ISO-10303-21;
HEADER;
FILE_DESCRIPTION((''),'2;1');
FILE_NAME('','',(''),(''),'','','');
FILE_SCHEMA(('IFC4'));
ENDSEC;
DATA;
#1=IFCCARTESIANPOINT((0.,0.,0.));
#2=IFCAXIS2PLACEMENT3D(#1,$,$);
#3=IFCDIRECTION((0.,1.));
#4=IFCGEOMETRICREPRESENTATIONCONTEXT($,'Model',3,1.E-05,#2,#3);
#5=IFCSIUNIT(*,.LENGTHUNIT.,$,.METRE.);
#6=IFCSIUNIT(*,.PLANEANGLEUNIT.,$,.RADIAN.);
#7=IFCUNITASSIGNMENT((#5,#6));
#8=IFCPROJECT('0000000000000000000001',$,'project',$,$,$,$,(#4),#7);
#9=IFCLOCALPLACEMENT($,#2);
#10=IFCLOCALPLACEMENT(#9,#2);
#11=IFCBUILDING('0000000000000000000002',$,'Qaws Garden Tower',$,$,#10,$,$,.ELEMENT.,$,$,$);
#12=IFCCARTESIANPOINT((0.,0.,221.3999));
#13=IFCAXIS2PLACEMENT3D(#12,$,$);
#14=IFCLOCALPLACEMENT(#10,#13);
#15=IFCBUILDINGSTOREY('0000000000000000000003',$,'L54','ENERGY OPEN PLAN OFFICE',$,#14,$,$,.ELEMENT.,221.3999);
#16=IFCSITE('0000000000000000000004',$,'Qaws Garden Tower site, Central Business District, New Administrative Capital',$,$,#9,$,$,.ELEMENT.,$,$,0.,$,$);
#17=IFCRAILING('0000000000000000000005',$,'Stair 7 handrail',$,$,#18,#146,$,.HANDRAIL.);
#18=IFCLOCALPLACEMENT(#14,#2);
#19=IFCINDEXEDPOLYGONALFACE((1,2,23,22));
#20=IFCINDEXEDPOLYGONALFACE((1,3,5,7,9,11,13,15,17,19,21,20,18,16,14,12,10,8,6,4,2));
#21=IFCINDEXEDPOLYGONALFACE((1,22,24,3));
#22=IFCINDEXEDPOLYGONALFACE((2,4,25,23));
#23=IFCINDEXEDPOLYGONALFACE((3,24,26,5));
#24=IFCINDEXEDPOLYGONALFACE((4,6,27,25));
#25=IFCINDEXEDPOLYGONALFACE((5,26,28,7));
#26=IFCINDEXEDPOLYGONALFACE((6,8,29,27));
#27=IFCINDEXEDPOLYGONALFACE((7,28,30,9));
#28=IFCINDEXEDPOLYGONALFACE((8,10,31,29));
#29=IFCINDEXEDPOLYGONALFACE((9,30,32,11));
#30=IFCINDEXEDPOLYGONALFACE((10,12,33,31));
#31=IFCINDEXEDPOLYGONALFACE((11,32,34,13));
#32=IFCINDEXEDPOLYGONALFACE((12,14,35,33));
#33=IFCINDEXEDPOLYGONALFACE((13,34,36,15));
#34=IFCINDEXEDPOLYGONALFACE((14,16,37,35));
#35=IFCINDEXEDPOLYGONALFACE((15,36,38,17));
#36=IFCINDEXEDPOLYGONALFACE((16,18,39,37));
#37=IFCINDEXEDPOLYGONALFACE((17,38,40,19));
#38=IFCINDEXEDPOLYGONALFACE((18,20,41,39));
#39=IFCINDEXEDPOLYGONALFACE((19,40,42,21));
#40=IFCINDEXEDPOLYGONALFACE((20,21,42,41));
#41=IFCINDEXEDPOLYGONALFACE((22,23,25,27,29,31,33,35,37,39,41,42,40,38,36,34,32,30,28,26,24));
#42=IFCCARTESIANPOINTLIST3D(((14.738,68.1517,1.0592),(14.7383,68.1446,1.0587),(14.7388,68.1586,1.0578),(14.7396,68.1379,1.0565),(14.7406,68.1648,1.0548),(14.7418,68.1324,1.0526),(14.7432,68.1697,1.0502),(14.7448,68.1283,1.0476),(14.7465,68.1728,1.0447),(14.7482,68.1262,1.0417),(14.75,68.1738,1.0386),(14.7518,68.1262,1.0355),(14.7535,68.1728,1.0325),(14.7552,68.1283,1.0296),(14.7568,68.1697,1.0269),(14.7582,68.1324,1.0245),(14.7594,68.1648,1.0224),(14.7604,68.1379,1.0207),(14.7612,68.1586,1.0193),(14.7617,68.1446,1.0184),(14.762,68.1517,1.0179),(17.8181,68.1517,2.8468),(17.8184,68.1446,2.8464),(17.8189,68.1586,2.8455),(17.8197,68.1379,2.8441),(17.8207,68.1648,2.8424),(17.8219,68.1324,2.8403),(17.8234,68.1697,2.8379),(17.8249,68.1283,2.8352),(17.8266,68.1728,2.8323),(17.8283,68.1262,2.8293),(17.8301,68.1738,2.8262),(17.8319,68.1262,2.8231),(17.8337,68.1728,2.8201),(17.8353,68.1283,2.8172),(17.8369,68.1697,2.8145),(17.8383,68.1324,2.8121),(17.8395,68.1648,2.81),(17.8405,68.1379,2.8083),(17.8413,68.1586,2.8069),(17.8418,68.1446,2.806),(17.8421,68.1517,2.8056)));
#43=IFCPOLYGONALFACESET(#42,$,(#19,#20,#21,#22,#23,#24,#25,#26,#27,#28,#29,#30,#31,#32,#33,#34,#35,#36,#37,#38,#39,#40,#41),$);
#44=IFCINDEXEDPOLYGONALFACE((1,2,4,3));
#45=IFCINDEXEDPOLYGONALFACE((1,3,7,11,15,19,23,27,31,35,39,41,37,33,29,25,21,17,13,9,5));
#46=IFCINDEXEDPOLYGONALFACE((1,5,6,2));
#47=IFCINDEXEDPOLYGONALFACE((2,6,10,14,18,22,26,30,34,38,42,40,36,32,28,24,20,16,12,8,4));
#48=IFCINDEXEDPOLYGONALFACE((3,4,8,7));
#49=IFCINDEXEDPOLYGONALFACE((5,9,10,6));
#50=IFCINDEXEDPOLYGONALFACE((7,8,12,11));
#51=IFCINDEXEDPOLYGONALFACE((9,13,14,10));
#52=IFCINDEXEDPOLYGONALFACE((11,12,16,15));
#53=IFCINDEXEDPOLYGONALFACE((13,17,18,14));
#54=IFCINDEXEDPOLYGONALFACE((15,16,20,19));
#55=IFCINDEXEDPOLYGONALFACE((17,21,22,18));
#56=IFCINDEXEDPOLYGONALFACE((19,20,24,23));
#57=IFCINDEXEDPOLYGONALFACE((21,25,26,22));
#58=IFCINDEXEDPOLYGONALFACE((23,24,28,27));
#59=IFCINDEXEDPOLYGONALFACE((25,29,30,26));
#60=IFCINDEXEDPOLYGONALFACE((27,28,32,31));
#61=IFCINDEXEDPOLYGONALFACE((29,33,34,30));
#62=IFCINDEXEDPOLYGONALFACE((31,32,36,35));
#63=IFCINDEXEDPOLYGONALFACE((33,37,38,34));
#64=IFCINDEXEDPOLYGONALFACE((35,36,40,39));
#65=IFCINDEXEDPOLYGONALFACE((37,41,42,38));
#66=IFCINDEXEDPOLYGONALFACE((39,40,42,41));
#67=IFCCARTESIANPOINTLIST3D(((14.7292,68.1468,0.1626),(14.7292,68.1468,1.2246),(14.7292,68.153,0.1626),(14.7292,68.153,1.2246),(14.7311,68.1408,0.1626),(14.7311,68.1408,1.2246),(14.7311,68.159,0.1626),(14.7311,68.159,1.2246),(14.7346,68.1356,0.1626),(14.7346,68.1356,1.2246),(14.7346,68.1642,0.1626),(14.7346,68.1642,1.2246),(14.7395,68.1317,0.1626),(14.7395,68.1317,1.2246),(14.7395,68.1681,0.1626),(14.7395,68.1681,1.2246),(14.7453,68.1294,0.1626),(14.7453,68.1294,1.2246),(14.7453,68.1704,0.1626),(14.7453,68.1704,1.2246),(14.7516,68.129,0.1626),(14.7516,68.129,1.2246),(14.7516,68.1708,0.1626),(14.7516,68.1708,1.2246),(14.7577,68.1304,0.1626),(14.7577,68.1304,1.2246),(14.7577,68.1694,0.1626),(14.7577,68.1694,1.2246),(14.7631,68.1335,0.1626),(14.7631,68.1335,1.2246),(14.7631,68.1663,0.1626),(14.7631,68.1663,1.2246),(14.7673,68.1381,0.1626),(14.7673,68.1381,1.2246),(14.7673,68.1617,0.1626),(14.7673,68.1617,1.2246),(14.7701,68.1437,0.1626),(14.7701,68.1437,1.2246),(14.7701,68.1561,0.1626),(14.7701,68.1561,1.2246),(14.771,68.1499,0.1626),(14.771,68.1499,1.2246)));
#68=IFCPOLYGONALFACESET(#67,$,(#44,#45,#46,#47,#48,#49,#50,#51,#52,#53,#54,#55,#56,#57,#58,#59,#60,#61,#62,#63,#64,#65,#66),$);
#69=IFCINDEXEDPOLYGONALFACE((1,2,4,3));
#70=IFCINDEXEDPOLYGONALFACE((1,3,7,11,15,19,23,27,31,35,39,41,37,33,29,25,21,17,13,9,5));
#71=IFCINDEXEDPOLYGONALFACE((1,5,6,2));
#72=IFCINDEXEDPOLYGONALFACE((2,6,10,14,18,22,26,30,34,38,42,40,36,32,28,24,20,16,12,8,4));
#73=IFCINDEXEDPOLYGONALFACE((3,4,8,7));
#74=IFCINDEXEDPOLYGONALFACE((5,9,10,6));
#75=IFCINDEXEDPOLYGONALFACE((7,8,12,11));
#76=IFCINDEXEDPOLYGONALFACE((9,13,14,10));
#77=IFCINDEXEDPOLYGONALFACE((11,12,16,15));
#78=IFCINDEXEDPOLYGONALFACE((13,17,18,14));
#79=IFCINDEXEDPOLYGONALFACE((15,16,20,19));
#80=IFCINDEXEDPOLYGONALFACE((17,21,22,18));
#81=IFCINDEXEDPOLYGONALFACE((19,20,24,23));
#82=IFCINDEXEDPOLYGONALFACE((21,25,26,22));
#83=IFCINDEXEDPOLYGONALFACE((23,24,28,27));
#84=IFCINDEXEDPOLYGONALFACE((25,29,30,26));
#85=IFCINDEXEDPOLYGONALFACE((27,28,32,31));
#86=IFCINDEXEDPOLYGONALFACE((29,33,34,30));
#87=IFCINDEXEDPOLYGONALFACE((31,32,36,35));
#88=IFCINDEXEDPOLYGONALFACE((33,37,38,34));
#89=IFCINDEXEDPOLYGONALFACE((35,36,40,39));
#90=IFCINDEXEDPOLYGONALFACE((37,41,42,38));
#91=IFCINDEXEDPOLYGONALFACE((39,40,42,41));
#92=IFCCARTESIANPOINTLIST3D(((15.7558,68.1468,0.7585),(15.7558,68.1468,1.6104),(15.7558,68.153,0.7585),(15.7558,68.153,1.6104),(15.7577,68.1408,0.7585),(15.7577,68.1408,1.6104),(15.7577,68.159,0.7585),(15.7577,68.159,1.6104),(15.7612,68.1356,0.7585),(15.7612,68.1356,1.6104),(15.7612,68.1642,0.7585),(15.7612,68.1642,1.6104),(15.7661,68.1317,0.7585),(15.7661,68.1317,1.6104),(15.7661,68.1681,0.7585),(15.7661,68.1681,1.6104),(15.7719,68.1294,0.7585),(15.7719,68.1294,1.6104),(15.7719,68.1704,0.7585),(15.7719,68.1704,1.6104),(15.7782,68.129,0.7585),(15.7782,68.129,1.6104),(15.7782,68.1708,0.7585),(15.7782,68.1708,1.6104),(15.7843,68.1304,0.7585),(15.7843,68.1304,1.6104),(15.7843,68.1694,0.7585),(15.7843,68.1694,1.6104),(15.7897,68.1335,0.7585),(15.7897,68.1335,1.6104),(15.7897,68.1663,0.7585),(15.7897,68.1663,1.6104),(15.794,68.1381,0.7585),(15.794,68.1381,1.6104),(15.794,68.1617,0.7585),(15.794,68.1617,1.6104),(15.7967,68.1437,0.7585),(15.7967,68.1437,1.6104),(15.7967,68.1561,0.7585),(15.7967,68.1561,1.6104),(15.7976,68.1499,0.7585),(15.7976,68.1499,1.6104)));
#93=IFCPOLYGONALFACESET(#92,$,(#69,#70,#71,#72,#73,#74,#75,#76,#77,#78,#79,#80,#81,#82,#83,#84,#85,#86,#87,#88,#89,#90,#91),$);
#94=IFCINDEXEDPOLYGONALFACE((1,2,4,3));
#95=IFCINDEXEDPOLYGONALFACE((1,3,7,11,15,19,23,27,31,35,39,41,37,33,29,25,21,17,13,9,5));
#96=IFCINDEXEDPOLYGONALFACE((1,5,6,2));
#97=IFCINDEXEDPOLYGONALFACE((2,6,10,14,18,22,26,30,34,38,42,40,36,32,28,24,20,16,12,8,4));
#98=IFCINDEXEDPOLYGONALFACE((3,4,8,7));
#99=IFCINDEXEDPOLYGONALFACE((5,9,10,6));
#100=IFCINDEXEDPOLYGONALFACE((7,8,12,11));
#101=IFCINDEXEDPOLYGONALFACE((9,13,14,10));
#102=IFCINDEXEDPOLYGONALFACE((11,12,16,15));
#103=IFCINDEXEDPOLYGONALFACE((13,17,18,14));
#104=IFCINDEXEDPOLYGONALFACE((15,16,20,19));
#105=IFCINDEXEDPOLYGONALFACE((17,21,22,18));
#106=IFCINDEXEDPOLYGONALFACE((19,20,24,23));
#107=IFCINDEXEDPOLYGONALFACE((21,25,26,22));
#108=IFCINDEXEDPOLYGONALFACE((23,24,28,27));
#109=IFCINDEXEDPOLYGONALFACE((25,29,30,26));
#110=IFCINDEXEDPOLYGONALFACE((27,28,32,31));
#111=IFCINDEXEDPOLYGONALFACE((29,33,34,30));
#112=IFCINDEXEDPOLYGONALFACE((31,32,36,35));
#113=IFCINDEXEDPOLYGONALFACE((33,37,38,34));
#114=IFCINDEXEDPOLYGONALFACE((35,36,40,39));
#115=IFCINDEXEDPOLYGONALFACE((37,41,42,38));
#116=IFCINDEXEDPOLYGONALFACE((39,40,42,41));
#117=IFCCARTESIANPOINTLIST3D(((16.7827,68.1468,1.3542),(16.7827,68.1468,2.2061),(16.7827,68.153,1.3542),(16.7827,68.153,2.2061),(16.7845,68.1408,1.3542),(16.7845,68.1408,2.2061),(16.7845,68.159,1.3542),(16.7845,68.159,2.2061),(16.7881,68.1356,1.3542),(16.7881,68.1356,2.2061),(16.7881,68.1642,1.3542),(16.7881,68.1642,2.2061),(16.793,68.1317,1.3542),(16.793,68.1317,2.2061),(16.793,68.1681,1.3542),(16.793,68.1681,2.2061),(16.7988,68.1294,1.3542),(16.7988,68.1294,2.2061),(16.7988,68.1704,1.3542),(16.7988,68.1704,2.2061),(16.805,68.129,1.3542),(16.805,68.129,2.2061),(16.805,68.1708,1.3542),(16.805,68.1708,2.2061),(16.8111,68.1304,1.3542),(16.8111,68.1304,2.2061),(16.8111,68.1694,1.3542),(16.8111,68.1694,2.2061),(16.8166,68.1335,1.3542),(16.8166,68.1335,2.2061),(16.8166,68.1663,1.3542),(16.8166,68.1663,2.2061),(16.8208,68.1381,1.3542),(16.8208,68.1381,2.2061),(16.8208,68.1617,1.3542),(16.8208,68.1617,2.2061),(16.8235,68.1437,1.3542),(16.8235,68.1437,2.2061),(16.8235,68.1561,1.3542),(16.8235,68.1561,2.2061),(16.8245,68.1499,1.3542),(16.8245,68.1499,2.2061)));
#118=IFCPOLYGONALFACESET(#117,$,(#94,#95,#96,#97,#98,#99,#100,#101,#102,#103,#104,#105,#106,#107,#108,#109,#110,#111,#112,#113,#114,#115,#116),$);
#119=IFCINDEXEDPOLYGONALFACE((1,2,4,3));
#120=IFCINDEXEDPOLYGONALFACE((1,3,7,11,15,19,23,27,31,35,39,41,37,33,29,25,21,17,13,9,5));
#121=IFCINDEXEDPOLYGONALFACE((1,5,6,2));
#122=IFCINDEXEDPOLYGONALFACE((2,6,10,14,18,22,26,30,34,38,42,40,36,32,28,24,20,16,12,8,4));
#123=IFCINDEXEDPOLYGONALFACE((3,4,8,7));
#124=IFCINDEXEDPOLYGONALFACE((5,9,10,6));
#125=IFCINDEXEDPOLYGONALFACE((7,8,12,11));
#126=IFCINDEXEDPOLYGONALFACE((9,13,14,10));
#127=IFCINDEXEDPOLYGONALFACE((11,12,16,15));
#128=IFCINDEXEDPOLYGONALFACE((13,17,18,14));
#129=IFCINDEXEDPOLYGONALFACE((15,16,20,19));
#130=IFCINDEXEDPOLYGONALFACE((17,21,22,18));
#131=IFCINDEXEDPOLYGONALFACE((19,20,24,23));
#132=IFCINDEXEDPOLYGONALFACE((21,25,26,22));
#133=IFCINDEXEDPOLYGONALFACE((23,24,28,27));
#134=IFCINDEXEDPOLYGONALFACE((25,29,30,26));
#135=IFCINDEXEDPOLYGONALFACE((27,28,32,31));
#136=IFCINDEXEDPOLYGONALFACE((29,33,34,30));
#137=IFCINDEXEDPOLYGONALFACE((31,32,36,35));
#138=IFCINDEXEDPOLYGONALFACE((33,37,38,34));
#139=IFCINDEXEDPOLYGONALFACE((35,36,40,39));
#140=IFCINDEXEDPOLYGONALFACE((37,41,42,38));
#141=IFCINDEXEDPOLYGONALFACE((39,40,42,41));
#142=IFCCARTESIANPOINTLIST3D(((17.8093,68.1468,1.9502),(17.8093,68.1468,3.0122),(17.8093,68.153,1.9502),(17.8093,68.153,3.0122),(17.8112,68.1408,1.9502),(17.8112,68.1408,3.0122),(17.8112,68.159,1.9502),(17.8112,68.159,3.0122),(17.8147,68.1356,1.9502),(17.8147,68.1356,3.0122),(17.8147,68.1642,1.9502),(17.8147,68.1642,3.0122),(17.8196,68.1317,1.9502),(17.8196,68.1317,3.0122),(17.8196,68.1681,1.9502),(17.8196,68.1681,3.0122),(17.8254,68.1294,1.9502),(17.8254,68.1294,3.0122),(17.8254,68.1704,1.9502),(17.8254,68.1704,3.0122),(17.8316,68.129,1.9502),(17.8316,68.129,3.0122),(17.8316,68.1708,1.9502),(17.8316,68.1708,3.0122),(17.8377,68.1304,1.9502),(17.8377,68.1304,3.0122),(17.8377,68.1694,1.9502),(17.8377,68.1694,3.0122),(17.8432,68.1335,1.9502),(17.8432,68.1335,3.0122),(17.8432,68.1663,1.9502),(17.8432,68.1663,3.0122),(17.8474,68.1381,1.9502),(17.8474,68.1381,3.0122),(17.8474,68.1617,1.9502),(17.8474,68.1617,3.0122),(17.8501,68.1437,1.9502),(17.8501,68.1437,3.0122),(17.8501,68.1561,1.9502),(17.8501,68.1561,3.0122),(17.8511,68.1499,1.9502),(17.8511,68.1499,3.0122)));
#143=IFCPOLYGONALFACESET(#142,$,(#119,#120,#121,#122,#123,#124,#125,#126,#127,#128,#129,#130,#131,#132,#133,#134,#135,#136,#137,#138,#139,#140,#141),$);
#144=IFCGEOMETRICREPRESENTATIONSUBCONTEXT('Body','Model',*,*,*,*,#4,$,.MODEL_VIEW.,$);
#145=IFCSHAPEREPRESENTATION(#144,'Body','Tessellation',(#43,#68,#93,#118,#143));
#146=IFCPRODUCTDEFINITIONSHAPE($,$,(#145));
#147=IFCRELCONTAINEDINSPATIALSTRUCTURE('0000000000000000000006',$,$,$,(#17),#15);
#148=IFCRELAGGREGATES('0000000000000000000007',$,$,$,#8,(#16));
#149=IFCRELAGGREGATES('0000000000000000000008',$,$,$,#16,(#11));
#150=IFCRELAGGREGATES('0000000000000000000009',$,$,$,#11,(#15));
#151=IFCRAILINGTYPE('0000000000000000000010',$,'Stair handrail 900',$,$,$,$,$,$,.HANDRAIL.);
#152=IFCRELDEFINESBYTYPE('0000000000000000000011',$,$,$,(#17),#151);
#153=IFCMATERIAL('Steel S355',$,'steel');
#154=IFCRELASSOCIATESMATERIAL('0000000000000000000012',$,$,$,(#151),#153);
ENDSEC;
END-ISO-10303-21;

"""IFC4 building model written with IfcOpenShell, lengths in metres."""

from ifc_helpers import new_model, si_unit, direction, frame, origin, origin_2d, place, context, subcontext, project, spatial, circle, extrude, material, type_object, element, save


model = new_model("IFC4")

# Units and contexts
model_context = context("Model", 3, precision=1e-05, world=origin(), true_north=direction((0.0, 1.0)))
body_context = subcontext(model_context, "Body", "Model", "MODEL_VIEW")
ifc_project = project(units=[si_unit("LENGTHUNIT", "METRE"), si_unit("PLANEANGLEUNIT", "RADIAN")], contexts=[model_context])

# Site, building, storey
site_placement = place(None, origin())
site = spatial("IfcSite", under=ifc_project, at=site_placement, Name="Qaws Garden Tower site, Central Business District, New Administrative Capital", CompositionType="ELEMENT", RefElevation=0.0)
building_placement = place(site_placement, origin())
building = spatial("IfcBuilding", under=site, at=building_placement, Name="Qaws Garden Tower", CompositionType="ELEMENT")
storey_placement = place(building_placement, frame((0.0, 0.0, 221.3999)))
storey = spatial("IfcBuildingStorey", under=building, at=storey_placement, Name="L54", Description="ENERGY OPEN PLAN OFFICE", CompositionType="ELEMENT", Elevation=221.3999)

# Railing
ifc_material_1 = material(Name="Steel S355", Category="steel")
railing_type = type_object("IfcRailingType", Name="Stair handrail 900", PredefinedType="HANDRAIL", material=ifc_material_1)
railing_1_placement = place(storey_placement, frame((14.75, 68.1499, 0.1626)))
element("IfcRailing", 1, at=railing_1_placement, inside=storey, type_object=railing_type, Name="Stair 7 handrail", PredefinedType="HANDRAIL", context=body_context, shape_type="SweptSolid", body=[
    extrude(circle(Radius=0.0239, at=origin_2d()), frame((0.0, 0.0, 0.876), z_axis=(0.864891, 0.0, 0.50196), x_axis=(0.0, 1.0, 0.0)), (0.0, 0.0, 1.0), 3.5613),
    extrude(circle(Radius=0.021, at=origin_2d()), origin(), (0.0, 0.0, 1.0), 1.062),
    extrude(circle(Radius=0.021, at=origin_2d()), frame((1.0266, 0.0, 0.5959)), (0.0, 0.0, 1.0), 0.8518),
    extrude(circle(Radius=0.021, at=origin_2d()), frame((2.0535, 0.0, 1.1917)), (0.0, 0.0, 1.0), 0.8518),
    extrude(circle(Radius=0.021, at=origin_2d()), frame((3.0801, 0.0, 1.7876)), (0.0, 0.0, 1.0), 1.062),
])

save(model, "model.ifc")
